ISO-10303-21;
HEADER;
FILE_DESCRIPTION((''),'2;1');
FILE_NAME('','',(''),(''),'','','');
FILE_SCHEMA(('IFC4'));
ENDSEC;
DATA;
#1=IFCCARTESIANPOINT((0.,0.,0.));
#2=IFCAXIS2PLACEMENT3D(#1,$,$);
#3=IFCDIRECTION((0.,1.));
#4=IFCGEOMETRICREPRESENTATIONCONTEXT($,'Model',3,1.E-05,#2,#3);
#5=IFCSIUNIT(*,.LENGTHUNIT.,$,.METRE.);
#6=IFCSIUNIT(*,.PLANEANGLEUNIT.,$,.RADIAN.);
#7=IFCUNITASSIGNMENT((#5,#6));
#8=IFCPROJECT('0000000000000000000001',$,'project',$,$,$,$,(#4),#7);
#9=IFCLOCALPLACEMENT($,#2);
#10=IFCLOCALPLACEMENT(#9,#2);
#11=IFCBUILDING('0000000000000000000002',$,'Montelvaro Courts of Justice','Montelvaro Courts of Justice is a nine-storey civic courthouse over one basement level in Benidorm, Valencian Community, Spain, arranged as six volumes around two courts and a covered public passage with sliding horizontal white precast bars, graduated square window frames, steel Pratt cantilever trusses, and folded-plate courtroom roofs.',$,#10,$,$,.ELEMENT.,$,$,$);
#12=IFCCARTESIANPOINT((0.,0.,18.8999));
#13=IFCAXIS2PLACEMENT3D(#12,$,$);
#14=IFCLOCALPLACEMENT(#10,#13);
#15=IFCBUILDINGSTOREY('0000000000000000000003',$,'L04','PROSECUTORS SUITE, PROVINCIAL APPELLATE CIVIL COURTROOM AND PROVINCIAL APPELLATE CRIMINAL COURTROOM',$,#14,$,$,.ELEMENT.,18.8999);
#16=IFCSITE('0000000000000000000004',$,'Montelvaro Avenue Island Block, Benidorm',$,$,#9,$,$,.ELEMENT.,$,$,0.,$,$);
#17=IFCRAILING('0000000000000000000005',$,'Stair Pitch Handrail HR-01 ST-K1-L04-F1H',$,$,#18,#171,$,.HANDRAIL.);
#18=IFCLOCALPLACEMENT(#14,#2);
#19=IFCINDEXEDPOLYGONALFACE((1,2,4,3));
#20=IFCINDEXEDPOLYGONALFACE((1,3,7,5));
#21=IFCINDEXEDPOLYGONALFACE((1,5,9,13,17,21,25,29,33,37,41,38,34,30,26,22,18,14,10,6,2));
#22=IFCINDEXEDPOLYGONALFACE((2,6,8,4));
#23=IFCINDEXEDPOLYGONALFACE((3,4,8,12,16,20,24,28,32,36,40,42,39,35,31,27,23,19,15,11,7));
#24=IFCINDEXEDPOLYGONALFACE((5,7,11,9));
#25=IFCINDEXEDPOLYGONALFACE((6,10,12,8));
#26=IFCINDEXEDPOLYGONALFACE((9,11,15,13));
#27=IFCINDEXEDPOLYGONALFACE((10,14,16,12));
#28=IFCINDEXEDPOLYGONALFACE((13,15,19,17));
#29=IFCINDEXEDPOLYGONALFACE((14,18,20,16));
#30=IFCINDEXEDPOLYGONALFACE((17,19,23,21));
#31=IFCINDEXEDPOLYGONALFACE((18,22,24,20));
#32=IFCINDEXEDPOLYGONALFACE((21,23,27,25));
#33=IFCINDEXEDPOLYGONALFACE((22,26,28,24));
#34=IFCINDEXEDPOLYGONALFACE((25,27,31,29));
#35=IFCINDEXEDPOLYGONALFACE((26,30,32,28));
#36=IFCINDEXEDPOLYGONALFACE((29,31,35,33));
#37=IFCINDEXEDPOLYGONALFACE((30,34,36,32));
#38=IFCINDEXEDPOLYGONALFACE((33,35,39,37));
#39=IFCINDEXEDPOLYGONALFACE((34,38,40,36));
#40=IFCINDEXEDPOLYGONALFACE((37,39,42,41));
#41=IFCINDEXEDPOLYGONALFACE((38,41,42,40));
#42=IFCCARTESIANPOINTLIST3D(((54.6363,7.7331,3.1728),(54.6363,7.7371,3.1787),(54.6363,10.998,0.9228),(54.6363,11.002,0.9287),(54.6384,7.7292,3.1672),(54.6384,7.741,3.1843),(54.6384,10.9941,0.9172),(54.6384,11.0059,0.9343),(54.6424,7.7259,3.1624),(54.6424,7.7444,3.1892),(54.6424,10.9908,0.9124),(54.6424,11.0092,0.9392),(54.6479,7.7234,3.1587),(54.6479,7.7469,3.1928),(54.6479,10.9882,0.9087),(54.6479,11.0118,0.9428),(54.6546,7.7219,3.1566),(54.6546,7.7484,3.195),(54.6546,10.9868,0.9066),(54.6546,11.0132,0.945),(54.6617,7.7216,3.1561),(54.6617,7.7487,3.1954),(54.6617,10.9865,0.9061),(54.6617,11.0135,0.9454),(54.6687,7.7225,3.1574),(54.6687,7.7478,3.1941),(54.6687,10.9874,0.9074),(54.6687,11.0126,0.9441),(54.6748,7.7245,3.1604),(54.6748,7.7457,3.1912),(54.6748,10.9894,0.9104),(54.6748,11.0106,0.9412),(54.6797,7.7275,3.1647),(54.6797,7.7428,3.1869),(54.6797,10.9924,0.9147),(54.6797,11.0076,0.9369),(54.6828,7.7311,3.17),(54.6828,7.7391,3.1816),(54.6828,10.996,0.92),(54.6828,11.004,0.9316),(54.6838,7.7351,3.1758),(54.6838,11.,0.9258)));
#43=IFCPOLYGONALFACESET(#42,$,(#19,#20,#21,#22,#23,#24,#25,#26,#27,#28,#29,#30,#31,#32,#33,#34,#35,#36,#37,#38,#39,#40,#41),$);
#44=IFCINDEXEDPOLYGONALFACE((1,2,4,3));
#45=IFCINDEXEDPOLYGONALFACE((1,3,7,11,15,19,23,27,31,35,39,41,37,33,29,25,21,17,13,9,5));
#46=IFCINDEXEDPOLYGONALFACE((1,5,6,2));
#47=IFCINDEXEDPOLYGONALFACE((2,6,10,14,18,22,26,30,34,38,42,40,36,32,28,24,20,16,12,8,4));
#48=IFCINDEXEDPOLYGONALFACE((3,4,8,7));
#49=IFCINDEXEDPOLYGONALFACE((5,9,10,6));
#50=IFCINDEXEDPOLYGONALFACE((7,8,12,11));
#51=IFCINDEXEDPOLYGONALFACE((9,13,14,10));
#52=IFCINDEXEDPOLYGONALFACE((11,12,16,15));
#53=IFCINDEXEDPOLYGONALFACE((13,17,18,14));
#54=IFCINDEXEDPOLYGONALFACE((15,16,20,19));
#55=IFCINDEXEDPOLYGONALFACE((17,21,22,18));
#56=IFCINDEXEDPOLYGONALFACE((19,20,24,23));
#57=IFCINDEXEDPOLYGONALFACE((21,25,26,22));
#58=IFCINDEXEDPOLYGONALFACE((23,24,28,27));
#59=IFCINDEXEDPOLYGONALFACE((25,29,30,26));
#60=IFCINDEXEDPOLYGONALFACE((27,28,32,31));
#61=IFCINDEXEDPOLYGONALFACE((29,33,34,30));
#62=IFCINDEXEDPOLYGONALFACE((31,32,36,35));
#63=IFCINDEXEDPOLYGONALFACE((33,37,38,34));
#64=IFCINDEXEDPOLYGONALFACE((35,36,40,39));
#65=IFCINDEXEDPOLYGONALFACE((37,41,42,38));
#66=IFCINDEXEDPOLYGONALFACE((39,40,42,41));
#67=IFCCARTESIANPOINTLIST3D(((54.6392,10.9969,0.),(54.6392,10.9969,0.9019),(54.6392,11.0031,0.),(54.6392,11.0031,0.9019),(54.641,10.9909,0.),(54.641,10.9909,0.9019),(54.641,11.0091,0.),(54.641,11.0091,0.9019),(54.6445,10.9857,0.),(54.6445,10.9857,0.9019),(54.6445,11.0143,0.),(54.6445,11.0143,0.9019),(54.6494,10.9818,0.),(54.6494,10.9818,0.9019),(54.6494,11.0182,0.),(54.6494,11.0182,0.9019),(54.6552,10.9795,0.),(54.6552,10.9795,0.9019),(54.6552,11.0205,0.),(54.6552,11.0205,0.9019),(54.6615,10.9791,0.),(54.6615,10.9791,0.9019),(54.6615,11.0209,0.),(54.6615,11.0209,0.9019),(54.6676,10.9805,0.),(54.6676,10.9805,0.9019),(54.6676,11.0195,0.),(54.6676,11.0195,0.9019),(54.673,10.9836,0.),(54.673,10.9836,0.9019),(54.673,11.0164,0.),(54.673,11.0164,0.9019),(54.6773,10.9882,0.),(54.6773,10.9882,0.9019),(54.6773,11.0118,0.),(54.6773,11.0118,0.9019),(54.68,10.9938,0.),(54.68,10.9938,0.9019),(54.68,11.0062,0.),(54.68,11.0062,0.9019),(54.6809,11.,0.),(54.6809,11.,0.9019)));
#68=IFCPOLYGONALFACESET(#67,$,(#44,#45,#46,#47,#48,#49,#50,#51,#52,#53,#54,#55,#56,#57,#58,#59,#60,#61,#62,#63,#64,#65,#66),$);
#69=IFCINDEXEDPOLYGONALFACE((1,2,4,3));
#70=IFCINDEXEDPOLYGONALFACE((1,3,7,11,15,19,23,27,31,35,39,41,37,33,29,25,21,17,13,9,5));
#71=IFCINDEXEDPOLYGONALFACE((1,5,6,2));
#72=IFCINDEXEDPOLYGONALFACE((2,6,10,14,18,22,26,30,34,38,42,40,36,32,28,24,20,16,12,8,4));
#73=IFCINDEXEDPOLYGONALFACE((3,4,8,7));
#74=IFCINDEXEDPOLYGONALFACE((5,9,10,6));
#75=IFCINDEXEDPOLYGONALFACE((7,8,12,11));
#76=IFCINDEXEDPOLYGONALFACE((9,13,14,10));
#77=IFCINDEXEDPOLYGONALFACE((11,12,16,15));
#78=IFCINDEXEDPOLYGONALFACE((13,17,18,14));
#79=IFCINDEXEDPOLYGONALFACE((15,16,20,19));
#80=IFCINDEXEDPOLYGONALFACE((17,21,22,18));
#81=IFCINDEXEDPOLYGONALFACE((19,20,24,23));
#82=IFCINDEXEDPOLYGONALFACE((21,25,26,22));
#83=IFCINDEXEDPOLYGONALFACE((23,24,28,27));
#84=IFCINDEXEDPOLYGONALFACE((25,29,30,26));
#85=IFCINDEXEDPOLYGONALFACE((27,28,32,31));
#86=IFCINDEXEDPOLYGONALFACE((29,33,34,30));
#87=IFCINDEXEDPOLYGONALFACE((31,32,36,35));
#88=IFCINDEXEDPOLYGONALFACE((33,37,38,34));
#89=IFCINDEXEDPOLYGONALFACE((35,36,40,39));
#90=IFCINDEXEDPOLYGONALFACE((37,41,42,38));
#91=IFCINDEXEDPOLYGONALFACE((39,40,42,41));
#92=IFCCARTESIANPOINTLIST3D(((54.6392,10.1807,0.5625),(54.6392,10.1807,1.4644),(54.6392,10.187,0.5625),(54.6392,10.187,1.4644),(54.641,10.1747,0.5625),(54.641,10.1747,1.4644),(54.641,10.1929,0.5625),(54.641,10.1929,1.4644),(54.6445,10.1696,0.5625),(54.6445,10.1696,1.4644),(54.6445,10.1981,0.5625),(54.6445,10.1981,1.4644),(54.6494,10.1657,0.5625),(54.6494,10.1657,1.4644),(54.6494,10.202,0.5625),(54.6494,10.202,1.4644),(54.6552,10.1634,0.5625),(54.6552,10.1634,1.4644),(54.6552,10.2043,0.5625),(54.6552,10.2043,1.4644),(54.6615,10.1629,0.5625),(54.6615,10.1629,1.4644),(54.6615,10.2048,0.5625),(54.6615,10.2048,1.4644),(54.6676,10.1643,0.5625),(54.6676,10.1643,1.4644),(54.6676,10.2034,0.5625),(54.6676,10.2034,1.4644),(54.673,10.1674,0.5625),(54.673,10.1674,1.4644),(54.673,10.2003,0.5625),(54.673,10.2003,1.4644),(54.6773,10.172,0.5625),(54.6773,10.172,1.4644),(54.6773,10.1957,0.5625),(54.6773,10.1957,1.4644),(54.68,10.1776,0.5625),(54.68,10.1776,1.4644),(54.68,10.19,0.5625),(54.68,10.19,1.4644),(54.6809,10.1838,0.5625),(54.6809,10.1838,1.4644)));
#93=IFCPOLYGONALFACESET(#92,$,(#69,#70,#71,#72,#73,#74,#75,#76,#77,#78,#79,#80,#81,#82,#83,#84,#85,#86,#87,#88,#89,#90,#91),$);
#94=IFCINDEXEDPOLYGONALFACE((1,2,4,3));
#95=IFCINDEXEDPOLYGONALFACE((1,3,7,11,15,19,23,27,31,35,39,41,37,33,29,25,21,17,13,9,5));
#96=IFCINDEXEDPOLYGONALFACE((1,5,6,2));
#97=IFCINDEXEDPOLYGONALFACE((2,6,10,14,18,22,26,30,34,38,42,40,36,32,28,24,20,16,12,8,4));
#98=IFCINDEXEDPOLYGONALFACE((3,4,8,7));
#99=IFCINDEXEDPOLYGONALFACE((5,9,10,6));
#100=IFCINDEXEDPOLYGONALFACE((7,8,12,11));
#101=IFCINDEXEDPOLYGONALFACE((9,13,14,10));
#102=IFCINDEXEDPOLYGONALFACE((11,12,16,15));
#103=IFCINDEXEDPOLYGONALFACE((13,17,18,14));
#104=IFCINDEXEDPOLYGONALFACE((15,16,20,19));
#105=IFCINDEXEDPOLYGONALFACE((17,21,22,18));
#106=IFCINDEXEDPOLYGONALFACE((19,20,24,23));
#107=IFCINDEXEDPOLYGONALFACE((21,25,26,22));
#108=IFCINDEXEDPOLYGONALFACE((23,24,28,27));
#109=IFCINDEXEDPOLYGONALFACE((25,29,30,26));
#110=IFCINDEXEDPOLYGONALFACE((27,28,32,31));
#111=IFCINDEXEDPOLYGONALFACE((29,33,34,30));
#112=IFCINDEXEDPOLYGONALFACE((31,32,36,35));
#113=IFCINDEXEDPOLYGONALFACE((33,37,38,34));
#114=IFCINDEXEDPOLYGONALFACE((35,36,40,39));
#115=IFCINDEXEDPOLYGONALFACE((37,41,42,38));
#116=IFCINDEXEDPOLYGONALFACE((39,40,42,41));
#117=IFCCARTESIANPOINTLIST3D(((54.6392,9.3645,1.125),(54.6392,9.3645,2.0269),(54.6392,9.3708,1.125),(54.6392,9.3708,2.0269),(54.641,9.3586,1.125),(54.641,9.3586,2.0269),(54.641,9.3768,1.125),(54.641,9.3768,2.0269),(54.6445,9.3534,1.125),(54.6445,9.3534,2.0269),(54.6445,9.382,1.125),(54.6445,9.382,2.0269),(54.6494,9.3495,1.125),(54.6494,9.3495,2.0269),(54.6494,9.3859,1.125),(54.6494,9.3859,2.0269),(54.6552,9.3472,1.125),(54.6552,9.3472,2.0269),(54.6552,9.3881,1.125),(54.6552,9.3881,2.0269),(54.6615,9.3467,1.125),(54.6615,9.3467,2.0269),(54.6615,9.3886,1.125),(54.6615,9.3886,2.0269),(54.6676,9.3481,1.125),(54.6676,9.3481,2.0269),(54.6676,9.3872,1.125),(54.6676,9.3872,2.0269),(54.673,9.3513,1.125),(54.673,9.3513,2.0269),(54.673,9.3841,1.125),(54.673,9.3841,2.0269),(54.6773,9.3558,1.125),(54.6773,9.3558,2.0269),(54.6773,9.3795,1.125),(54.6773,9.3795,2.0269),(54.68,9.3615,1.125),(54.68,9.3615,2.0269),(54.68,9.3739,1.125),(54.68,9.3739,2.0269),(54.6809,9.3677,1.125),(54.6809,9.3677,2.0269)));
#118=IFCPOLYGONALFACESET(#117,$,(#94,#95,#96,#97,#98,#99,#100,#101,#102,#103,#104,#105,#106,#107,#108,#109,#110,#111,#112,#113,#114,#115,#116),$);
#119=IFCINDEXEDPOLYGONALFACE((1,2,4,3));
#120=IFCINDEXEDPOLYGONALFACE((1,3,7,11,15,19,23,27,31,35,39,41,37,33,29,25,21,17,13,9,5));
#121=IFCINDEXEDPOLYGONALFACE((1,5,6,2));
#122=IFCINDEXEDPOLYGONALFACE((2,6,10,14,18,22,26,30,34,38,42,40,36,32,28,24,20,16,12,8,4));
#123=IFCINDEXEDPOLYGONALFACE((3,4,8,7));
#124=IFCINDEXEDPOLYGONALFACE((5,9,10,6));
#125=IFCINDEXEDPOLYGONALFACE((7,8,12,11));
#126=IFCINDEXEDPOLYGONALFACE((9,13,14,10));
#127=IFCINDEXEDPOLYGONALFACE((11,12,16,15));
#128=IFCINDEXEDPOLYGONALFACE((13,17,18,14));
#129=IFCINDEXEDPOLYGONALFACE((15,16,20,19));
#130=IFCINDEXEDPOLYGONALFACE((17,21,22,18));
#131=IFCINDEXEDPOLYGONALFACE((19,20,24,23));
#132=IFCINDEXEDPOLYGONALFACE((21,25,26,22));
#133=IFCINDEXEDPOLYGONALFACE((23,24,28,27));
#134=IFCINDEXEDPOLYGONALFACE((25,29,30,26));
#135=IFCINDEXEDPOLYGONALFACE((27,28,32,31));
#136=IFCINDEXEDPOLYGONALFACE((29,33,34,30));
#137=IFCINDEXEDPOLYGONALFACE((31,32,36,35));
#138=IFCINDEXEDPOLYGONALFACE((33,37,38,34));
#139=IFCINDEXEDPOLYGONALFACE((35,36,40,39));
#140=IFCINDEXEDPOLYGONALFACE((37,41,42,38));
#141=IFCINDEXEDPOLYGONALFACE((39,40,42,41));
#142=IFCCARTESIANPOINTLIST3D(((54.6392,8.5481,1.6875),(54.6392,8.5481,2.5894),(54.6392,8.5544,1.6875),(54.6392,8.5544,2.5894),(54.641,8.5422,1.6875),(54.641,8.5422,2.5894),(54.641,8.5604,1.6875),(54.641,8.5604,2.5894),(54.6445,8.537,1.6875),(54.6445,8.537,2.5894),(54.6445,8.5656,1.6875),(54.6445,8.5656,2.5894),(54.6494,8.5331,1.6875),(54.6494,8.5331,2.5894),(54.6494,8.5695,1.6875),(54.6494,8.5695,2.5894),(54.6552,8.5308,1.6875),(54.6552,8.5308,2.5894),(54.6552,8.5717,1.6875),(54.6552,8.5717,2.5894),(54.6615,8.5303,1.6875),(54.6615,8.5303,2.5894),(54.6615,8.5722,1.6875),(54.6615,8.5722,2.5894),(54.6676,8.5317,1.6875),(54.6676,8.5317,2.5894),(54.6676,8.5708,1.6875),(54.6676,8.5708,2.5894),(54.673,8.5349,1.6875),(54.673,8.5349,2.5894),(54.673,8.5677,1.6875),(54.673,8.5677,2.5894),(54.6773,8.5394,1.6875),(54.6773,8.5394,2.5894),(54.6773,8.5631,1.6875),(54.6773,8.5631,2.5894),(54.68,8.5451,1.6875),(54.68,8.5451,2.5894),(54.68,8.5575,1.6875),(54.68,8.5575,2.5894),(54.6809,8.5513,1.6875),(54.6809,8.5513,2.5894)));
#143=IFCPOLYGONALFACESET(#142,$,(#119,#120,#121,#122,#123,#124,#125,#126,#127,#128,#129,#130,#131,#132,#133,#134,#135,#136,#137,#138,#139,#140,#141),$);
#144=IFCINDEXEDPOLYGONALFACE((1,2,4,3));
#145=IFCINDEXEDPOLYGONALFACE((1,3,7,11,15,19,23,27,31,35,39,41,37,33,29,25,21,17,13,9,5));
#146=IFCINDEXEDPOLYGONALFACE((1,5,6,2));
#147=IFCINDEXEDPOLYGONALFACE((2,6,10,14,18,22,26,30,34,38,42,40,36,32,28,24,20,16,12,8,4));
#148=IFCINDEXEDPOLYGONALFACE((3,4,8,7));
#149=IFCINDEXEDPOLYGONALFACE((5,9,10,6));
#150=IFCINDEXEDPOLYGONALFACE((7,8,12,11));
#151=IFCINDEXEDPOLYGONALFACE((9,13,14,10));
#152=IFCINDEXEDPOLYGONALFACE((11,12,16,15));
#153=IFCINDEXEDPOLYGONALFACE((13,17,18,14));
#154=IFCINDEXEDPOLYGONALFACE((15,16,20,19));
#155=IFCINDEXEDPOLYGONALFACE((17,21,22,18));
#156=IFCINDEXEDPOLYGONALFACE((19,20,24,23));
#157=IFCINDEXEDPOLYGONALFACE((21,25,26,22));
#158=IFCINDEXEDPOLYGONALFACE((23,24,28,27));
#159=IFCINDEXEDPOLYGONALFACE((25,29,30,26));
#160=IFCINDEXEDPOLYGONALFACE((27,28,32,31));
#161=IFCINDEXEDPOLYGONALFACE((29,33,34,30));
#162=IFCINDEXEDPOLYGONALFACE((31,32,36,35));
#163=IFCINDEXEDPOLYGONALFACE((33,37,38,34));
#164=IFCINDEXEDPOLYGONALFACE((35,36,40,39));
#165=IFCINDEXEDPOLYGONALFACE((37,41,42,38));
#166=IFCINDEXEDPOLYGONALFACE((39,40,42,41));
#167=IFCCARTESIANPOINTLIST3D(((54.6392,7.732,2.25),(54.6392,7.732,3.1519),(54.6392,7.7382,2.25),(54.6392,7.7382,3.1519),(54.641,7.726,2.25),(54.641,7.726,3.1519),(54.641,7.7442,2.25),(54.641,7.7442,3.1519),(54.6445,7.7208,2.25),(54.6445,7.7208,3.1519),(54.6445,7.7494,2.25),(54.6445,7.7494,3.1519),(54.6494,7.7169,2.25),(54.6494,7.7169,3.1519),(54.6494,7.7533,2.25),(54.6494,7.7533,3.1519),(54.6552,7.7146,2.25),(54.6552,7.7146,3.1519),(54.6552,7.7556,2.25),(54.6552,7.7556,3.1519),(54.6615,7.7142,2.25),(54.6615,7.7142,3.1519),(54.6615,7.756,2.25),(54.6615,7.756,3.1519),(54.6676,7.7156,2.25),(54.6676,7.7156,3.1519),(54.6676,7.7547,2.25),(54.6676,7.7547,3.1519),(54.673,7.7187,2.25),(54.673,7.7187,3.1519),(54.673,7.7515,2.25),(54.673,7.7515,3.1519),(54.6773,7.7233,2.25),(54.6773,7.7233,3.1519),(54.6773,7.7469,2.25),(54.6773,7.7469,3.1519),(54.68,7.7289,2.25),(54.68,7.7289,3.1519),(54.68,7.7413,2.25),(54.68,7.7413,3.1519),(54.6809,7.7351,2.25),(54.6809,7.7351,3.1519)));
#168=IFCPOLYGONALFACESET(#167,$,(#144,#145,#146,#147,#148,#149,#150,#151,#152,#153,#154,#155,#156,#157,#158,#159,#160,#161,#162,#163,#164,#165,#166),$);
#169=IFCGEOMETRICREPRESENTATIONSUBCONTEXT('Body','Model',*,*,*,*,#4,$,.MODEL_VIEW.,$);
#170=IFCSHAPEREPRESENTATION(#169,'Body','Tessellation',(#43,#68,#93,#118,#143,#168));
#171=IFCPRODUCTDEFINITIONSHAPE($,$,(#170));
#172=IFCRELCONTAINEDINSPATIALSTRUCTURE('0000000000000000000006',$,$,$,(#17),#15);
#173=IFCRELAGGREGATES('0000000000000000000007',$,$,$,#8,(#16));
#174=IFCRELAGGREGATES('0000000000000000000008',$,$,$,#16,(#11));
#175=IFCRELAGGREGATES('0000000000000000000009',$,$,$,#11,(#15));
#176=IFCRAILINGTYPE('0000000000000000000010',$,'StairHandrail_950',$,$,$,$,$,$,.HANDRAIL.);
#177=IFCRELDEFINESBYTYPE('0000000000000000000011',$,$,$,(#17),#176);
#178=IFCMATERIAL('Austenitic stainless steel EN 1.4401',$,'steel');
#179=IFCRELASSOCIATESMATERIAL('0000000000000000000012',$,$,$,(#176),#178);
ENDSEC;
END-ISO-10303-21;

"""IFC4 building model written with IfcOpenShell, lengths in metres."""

from ifc_helpers import new_model, si_unit, direction, frame, origin, origin_2d, place, context, subcontext, project, spatial, circle, extrude, material, type_object, element, save


model = new_model("IFC4")

# Units and contexts
model_context = context("Model", 3, precision=1e-05, world=origin(), true_north=direction((0.0, 1.0)))
body_context = subcontext(model_context, "Body", "Model", "MODEL_VIEW")
ifc_project = project(units=[si_unit("LENGTHUNIT", "METRE"), si_unit("PLANEANGLEUNIT", "RADIAN")], contexts=[model_context])

# Site, building, storey
site_placement = place(None, origin())
site = spatial("IfcSite", under=ifc_project, at=site_placement, Name="Montelvaro Avenue Island Block, Benidorm", CompositionType="ELEMENT", RefElevation=0.0)
building_placement = place(site_placement, origin())
building = spatial("IfcBuilding", under=site, at=building_placement, Name="Montelvaro Courts of Justice", Description="Montelvaro Courts of Justice is a nine-storey civic courthouse over one basement level in Benidorm, Valencian Community, Spain, arranged as six volumes around two courts and a covered public passage with sliding horizontal white precast bars, graduated square window frames, steel Pratt cantilever trusses, and folded-plate courtroom roofs.", CompositionType="ELEMENT")
storey_placement = place(building_placement, frame((0.0, 0.0, 18.8999)))
storey = spatial("IfcBuildingStorey", under=building, at=storey_placement, Name="L04", Description="PROSECUTORS SUITE, PROVINCIAL APPELLATE CIVIL COURTROOM AND PROVINCIAL APPELLATE CRIMINAL COURTROOM", CompositionType="ELEMENT", Elevation=18.8999)

# Railing
ifc_material_1 = material(Name="Austenitic stainless steel EN 1.4401", Category="steel")
railing_type_1 = type_object("IfcRailingType", Name="StairHandrail_950", PredefinedType="HANDRAIL", material=ifc_material_1)
railing_1_placement = place(storey_placement, frame((54.6599, 11.0, 0.0)))
element("IfcRailing", 1, at=railing_1_placement, inside=storey, type_object=railing_type_1, Name="Stair Pitch Handrail HR-01 ST-K1-L04-F1H", PredefinedType="HANDRAIL", context=body_context, shape_type="SweptSolid", body=[
    extrude(circle(Radius=0.0239, at=origin_2d()), frame((0.0, 0.0, 0.9258), z_axis=(0.0, -0.823407, 0.567451), x_axis=(1.0, 0.0, 0.0)), (0.0, 0.0, 1.0), 3.9651),
    extrude(circle(Radius=0.021, at=origin_2d()), origin(), (0.0, 0.0, 1.0), 0.9019),
    extrude(circle(Radius=0.021, at=origin_2d()), frame((0.0, -0.8162, 0.5625)), (0.0, 0.0, 1.0), 0.9019),
    extrude(circle(Radius=0.021, at=origin_2d()), frame((0.0, -1.6323, 1.125)), (0.0, 0.0, 1.0), 0.9019),
    extrude(circle(Radius=0.021, at=origin_2d()), frame((0.0, -2.4487, 1.6875)), (0.0, 0.0, 1.0), 0.9019),
    extrude(circle(Radius=0.021, at=origin_2d()), frame((0.0, -3.2649, 2.25)), (0.0, 0.0, 1.0), 0.9019),
])

save(model, "model.ifc")
